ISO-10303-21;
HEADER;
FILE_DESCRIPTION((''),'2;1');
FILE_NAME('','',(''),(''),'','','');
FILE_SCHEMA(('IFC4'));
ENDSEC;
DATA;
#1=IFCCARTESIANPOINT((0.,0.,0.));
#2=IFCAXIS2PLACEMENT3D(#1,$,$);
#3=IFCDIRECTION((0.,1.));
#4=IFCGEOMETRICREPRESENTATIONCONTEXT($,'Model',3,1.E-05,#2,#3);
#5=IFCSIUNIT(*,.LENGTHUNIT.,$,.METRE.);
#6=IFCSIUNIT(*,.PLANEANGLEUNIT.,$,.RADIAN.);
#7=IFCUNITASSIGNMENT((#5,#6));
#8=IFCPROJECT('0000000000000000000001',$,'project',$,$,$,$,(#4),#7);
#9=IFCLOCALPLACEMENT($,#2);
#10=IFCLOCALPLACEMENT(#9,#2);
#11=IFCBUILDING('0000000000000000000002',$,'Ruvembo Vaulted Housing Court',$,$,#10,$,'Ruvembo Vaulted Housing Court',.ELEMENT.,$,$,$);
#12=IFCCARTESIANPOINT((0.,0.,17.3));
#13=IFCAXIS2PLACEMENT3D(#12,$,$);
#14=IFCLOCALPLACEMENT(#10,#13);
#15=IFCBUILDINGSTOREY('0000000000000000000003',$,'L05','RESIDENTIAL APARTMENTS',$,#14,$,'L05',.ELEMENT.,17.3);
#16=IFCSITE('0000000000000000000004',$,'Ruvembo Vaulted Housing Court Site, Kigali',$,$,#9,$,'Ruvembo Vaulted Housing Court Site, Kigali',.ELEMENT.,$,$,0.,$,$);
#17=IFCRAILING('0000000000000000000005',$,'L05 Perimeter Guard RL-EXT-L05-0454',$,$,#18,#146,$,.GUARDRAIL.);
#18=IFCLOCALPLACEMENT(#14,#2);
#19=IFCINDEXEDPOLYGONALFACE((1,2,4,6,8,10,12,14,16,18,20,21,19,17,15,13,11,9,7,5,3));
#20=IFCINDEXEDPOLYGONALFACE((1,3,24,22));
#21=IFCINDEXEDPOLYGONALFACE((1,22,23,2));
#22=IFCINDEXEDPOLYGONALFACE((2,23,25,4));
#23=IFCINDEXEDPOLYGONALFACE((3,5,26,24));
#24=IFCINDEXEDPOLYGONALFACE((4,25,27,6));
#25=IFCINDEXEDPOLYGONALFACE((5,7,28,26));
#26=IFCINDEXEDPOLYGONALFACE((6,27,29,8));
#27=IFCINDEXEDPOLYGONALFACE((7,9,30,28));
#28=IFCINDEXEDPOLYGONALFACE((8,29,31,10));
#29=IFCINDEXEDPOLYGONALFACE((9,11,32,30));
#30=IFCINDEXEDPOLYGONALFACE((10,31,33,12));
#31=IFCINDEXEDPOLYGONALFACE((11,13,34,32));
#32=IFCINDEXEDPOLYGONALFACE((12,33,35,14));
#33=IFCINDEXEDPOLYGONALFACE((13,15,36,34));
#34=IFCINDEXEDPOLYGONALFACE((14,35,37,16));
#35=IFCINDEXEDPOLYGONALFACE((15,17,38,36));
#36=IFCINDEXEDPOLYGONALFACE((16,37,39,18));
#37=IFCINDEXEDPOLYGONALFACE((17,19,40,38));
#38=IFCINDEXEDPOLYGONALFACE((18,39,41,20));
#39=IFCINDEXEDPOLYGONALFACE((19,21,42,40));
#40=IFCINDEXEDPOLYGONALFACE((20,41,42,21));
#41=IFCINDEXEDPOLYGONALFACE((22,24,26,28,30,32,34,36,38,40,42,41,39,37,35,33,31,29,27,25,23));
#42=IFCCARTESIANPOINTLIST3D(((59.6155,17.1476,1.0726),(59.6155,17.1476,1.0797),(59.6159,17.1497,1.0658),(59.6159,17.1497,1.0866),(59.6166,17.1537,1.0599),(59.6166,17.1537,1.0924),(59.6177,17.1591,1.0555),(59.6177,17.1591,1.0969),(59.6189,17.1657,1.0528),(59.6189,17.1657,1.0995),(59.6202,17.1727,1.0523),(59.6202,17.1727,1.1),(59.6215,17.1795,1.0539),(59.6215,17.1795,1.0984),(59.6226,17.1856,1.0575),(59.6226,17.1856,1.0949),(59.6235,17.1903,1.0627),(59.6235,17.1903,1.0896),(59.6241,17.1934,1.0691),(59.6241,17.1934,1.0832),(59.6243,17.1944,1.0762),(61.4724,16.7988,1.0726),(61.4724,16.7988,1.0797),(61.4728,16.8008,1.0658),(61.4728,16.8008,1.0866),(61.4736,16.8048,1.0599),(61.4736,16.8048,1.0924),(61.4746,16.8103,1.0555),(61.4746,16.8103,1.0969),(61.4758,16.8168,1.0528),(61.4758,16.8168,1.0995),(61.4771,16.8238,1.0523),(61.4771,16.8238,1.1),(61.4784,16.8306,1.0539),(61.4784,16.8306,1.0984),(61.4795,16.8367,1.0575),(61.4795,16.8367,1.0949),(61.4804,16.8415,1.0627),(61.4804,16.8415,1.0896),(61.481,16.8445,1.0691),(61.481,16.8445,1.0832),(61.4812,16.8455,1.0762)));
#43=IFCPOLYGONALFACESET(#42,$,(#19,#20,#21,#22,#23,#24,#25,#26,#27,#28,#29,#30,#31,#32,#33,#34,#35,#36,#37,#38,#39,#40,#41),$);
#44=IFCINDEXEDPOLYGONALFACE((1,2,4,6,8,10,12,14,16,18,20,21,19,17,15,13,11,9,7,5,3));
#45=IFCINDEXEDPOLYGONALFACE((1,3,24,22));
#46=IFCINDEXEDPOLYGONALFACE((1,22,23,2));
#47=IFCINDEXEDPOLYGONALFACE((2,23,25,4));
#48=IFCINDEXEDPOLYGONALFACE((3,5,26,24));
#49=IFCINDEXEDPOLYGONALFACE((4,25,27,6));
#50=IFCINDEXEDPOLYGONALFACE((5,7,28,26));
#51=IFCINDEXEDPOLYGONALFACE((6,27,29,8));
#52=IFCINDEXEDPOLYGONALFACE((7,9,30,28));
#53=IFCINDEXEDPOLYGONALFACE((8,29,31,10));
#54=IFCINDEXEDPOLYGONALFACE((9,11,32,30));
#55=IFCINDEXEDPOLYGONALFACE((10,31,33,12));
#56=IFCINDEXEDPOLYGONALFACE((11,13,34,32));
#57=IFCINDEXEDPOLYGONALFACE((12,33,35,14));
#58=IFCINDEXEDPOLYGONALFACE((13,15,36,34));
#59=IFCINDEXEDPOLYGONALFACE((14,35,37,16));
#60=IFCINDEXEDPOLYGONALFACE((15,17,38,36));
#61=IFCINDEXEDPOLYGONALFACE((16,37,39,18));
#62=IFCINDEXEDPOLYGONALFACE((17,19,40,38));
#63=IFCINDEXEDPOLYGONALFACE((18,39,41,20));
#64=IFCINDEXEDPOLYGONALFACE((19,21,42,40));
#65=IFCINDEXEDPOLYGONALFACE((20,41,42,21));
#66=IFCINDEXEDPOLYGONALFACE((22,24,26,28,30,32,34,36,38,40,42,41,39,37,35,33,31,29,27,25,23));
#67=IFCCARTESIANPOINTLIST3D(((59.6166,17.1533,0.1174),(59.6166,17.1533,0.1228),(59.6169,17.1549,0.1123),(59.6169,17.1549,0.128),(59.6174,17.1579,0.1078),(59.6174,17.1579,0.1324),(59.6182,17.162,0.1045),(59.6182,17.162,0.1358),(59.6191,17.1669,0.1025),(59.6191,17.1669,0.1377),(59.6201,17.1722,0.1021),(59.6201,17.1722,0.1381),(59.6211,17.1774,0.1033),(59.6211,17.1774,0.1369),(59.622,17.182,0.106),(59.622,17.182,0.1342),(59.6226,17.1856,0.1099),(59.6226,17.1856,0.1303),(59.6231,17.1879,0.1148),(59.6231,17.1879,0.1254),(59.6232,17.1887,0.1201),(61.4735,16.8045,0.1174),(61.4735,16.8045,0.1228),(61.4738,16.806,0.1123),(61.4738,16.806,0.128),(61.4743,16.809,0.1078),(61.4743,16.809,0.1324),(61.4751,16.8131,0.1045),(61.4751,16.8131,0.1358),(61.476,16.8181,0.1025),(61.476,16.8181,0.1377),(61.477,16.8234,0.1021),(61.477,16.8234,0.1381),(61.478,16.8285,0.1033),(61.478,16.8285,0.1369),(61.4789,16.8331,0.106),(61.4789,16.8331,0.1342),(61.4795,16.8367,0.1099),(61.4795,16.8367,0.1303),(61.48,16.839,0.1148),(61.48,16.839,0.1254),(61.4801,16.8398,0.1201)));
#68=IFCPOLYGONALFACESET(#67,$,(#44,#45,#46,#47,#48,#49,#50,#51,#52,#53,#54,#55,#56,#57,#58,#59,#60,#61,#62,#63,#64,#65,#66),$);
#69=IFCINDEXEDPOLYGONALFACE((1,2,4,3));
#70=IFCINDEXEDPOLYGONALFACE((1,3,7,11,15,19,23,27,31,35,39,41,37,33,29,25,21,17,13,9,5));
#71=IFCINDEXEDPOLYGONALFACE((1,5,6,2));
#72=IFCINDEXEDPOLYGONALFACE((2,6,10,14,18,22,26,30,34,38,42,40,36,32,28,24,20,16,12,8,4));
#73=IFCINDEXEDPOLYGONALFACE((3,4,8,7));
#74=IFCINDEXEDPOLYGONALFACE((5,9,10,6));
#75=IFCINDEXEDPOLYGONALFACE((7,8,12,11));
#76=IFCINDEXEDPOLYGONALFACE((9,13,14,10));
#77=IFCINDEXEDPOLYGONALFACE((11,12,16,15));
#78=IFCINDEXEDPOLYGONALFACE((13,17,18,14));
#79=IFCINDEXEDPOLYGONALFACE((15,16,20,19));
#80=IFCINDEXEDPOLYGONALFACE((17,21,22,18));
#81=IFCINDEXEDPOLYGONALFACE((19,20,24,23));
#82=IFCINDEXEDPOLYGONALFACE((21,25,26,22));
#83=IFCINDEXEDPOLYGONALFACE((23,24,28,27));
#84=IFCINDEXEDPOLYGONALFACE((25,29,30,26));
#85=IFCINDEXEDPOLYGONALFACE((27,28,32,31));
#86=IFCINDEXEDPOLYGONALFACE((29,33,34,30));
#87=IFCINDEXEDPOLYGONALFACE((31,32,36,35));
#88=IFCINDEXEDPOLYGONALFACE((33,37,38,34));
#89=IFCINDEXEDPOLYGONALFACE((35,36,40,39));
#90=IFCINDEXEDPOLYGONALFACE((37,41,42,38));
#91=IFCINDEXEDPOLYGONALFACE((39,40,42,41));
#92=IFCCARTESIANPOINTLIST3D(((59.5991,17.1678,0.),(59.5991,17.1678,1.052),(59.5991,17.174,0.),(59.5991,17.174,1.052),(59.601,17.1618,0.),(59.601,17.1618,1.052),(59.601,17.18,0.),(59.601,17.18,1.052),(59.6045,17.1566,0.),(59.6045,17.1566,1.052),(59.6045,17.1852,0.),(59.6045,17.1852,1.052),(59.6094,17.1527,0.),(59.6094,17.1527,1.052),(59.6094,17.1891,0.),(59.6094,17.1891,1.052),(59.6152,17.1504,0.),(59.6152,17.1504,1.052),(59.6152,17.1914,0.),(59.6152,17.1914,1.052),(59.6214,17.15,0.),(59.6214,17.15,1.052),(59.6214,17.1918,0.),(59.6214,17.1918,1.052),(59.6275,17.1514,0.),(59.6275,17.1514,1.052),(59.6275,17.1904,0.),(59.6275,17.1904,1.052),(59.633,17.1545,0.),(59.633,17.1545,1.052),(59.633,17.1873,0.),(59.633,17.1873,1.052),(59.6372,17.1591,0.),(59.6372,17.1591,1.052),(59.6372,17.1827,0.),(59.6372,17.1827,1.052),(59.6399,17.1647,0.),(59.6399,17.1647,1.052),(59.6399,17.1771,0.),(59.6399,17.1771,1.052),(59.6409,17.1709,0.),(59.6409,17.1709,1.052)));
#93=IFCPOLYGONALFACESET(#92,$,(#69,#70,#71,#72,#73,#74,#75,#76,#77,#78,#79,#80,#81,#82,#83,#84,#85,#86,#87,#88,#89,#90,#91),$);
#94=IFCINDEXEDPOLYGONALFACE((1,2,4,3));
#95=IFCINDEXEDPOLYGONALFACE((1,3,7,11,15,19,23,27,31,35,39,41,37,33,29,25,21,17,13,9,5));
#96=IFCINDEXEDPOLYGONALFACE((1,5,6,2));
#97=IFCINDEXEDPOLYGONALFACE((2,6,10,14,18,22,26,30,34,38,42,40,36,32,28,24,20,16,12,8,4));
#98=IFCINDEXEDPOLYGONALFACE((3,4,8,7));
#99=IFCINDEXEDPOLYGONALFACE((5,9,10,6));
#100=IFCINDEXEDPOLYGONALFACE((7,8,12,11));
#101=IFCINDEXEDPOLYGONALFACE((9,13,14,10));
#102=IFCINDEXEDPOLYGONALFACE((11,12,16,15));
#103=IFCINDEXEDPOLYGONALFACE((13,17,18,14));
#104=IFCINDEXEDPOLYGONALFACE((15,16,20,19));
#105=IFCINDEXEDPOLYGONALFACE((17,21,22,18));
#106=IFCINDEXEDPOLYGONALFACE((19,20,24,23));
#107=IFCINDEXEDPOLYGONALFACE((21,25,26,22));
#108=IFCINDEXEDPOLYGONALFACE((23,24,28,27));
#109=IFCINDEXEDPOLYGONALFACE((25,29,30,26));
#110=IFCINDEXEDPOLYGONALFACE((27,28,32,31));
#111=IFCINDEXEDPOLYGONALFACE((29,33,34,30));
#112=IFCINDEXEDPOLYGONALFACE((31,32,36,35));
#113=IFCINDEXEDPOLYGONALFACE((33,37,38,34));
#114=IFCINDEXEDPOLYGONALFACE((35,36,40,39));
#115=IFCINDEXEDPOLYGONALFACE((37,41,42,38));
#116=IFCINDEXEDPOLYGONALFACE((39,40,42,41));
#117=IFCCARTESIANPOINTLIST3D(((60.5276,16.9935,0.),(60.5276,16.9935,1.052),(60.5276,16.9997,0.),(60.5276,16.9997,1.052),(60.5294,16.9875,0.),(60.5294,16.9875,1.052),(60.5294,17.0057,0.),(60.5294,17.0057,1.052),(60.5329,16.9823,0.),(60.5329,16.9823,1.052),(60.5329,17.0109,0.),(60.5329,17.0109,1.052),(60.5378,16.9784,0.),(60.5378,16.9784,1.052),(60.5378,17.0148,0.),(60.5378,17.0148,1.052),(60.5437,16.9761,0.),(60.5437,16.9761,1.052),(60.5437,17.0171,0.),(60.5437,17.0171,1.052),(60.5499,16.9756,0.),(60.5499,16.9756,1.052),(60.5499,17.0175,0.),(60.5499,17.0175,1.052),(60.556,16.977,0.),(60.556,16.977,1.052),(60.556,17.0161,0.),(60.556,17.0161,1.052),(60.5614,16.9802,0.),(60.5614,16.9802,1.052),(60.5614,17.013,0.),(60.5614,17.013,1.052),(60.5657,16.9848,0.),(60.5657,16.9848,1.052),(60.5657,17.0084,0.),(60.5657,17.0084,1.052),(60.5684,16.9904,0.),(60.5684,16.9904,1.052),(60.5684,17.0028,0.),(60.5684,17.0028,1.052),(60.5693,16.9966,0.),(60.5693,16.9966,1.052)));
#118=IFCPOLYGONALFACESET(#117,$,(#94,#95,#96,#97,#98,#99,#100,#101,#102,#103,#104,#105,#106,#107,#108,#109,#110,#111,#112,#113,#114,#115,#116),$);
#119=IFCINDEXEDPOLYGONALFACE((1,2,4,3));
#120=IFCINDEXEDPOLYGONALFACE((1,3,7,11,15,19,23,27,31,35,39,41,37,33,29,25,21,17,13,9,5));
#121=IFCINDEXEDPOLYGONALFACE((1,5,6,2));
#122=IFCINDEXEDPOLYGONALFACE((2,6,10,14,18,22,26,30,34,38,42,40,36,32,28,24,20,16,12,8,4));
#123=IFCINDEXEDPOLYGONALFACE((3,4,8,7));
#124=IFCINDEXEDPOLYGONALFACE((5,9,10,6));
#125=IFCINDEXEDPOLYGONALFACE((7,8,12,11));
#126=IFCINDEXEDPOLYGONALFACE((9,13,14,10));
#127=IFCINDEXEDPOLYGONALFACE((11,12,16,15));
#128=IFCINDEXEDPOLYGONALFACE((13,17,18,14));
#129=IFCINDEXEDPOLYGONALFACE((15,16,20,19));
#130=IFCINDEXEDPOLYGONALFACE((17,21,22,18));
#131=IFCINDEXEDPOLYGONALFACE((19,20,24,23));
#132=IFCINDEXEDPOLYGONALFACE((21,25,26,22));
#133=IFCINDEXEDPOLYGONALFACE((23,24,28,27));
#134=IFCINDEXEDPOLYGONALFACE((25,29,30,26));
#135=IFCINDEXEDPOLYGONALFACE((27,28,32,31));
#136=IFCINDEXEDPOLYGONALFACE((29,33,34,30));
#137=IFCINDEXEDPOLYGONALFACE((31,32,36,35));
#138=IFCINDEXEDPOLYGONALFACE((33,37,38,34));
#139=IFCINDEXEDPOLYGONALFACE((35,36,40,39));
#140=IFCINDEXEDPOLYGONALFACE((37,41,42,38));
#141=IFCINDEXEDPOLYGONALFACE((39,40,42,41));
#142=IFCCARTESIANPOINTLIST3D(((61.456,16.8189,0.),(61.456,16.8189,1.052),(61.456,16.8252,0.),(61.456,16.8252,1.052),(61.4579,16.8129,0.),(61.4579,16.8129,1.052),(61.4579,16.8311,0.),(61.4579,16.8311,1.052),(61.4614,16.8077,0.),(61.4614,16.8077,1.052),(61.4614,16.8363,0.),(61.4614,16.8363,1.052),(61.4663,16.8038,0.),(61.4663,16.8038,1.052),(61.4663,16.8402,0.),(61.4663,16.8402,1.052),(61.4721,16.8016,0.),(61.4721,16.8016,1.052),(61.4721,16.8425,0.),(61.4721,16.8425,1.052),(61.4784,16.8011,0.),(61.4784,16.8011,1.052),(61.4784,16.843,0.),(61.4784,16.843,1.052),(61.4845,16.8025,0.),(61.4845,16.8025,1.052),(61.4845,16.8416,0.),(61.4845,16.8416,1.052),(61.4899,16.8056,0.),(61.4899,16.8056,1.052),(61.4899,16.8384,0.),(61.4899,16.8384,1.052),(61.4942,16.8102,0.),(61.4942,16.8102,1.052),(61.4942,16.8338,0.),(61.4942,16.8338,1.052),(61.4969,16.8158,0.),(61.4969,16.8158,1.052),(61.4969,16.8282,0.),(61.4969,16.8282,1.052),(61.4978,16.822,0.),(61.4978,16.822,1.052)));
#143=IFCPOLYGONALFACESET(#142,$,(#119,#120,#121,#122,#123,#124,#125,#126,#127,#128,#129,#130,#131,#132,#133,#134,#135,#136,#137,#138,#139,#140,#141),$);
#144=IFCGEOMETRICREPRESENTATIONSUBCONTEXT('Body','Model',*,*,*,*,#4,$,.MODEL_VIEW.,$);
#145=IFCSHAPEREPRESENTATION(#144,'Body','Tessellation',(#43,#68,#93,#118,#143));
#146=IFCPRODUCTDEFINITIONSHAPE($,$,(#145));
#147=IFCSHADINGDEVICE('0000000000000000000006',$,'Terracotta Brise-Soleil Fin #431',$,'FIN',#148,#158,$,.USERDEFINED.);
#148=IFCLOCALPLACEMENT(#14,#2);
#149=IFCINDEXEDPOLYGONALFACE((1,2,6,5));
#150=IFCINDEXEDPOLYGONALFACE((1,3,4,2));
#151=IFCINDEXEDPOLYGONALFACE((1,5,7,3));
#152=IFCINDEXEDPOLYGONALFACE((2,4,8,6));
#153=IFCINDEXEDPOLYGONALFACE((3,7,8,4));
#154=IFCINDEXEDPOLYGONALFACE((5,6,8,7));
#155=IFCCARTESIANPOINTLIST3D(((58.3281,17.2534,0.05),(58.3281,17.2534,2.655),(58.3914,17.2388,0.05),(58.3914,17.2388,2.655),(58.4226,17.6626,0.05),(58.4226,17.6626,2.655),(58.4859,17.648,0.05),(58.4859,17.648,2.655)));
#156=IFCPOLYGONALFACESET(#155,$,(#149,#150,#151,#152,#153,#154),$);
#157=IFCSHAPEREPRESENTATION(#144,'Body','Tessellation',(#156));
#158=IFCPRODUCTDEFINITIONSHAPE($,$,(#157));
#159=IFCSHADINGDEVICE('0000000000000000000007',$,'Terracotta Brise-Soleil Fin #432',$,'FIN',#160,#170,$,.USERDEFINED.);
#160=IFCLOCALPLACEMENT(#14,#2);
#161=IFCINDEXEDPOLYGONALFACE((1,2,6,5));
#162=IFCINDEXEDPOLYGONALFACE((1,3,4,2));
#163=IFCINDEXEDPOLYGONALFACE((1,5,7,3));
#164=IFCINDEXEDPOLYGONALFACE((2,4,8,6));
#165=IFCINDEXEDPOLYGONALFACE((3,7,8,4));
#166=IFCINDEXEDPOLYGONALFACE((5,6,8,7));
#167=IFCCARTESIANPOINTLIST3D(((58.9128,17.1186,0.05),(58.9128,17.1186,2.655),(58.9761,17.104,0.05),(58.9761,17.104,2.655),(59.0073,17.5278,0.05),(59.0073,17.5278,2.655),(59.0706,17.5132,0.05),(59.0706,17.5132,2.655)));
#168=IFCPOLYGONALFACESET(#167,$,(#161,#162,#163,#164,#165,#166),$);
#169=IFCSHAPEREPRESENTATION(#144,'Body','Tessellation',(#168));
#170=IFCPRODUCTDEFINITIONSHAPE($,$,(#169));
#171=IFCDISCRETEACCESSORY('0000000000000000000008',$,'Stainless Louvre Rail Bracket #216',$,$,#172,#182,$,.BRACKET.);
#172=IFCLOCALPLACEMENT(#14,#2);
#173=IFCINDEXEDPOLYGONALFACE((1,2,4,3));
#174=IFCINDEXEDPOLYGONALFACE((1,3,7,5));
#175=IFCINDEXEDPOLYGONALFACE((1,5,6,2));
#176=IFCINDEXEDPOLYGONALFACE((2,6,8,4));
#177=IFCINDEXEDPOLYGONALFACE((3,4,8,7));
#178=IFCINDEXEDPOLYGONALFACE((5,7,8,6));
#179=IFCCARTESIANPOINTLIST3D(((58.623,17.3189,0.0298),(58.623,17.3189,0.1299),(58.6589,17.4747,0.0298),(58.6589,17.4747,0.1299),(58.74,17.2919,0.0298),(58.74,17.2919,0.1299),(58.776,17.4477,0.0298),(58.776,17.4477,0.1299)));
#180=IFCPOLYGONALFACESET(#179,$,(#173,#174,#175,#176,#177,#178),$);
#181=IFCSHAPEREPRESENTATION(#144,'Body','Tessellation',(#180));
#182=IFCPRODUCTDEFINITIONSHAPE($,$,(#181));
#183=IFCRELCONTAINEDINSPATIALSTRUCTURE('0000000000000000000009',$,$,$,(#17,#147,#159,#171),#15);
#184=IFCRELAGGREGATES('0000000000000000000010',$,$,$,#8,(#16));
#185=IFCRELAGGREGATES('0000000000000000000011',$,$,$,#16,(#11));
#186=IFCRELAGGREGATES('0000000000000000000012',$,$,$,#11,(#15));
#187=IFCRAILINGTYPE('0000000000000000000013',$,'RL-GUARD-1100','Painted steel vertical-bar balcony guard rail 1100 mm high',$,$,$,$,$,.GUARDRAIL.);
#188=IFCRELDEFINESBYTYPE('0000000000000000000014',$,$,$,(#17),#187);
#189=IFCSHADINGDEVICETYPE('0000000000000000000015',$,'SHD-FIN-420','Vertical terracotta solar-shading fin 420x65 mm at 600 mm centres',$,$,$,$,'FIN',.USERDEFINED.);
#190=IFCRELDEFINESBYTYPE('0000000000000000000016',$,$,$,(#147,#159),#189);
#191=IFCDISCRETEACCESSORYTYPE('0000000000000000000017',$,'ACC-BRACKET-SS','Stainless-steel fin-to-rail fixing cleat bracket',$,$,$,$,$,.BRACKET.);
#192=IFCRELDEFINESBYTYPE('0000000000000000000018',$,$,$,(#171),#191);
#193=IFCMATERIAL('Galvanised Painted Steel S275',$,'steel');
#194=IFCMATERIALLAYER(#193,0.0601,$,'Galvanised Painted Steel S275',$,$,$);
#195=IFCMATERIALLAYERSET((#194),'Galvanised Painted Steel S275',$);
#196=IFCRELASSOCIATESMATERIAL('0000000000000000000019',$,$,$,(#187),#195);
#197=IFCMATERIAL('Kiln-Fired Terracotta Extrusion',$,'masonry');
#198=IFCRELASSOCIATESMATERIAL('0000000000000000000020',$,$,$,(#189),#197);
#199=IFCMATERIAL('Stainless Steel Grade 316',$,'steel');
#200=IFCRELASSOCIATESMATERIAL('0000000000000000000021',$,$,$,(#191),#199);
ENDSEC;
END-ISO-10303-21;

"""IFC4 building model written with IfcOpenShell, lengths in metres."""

from ifc_helpers import new_model, si_unit, direction, frame, origin, origin_2d, place, context, subcontext, project, spatial, rectangle, circle, extrude, material, layer, layer_set, type_object, element, save


model = new_model("IFC4")

# Units and contexts
model_context = context("Model", 3, precision=1e-05, world=origin(), true_north=direction((0.0, 1.0)))
body_context = subcontext(model_context, "Body", "Model", "MODEL_VIEW")
ifc_project = project(units=[si_unit("LENGTHUNIT", "METRE"), si_unit("PLANEANGLEUNIT", "RADIAN")], contexts=[model_context])

# Site, building, storey
site_placement = place(None, origin())
site = spatial("IfcSite", under=ifc_project, at=site_placement, Name="Ruvembo Vaulted Housing Court Site, Kigali", LongName="Ruvembo Vaulted Housing Court Site, Kigali", CompositionType="ELEMENT", RefElevation=0.0)
building_placement = place(site_placement, origin())
building = spatial("IfcBuilding", under=site, at=building_placement, Name="Ruvembo Vaulted Housing Court", LongName="Ruvembo Vaulted Housing Court", CompositionType="ELEMENT")
storey_placement = place(building_placement, frame((0.0, 0.0, 17.3)))
storey = spatial("IfcBuildingStorey", under=building, at=storey_placement, Name="L05", Description="RESIDENTIAL APARTMENTS", LongName="L05", CompositionType="ELEMENT", Elevation=17.3)

# Railing
ifc_material_1 = material(Name="Galvanised Painted Steel S275", Category="steel")
ifc_layer_1 = layer(ifc_material_1, 0.0601, Name="Galvanised Painted Steel S275")
ifc_layer_set_1 = layer_set([ifc_layer_1], Name="Galvanised Painted Steel S275")
railing_type = type_object("IfcRailingType", Name="RL-GUARD-1100", Description="Painted steel vertical-bar balcony guard rail 1100 mm high", PredefinedType="GUARDRAIL", material=ifc_layer_set_1)
railing_1_placement = place(storey_placement, frame((59.6199, 17.1709, 0.0)))
element("IfcRailing", 1, at=railing_1_placement, inside=storey, type_object=railing_type, Name="L05 Perimeter Guard RL-EXT-L05-0454", PredefinedType="GUARDRAIL", context=body_context, shape_type="SweptSolid", body=[
    extrude(circle(Radius=0.0239, at=origin_2d()), frame((0.0, 0.0, 1.0762), z_axis=(0.982805, -0.184647, 0.0), x_axis=(0.184647, 0.982805, 0.0)), (0.0, 0.0, 1.0), 1.8894),
    extrude(circle(Radius=0.0181, at=origin_2d()), frame((0.0, 0.0, 0.1201), z_axis=(0.982805, -0.184647, 0.0), x_axis=(0.184647, 0.982805, 0.0)), (0.0, 0.0, 1.0), 1.8894),
    extrude(circle(Radius=0.021, at=origin_2d()), origin(), (0.0, 0.0, 1.0), 1.052),
    extrude(circle(Radius=0.021, at=origin_2d()), frame((0.9285, -0.1743, 0.0)), (0.0, 0.0, 1.0), 1.052),
    extrude(circle(Radius=0.021, at=origin_2d()), frame((1.8569, -0.3489, 0.0)), (0.0, 0.0, 1.0), 1.052),
])

# Shading devices
ifc_material_2 = material(Name="Kiln-Fired Terracotta Extrusion", Category="masonry")
shading_device_type = type_object("IfcShadingDeviceType", Name="SHD-FIN-420", Description="Vertical terracotta solar-shading fin 420x65 mm at 600 mm centres", ElementType="FIN", PredefinedType="USERDEFINED", material=ifc_material_2)
for number, where, z_axis, x_axis, name in (
    (2, (58.407, 17.4507, 0.05), (0.0, 0.0, 1.0), (-0.224951, -0.97437, 0.0), "Terracotta Brise-Soleil Fin #431"),
    (3, (58.9917, 17.3159, 0.05), (0.0, 0.0, 1.0), (-0.224951, -0.97437, 0.0), "Terracotta Brise-Soleil Fin #432"),
):
    element("IfcShadingDevice", number, at=place(storey_placement, frame(where, z_axis=z_axis, x_axis=x_axis)), inside=storey, type_object=shading_device_type, Name=name, ObjectType="FIN", PredefinedType="USERDEFINED", context=body_context, shape_type="SweptSolid", body=[
        extrude(rectangle(XDim=0.4199, YDim=0.0649, at=origin_2d()), origin(), (0.0, 0.0, 1.0), 2.605),
    ])

# Discrete accessory
ifc_material_3 = material(Name="Stainless Steel Grade 316", Category="steel")
discrete_accessory_type = type_object("IfcDiscreteAccessoryType", Name="ACC-BRACKET-SS", Description="Stainless-steel fin-to-rail fixing cleat bracket", PredefinedType="BRACKET", material=ifc_material_3)
discrete_accessory_placement = place(storey_placement, frame((58.6995, 17.3833, 0.0298), z_axis=(0.0, 0.0, 1.0), x_axis=(-0.224951, -0.97437, 0.0)))
element("IfcDiscreteAccessory", 4, at=discrete_accessory_placement, inside=storey, type_object=discrete_accessory_type, Name="Stainless Louvre Rail Bracket #216", PredefinedType="BRACKET", context=body_context, shape_type="SweptSolid", body=[
    extrude(rectangle(XDim=0.1599, YDim=0.1201, at=origin_2d()), origin(), (0.0, 0.0, 1.0), 0.1001),
])

save(model, "model.ifc")
